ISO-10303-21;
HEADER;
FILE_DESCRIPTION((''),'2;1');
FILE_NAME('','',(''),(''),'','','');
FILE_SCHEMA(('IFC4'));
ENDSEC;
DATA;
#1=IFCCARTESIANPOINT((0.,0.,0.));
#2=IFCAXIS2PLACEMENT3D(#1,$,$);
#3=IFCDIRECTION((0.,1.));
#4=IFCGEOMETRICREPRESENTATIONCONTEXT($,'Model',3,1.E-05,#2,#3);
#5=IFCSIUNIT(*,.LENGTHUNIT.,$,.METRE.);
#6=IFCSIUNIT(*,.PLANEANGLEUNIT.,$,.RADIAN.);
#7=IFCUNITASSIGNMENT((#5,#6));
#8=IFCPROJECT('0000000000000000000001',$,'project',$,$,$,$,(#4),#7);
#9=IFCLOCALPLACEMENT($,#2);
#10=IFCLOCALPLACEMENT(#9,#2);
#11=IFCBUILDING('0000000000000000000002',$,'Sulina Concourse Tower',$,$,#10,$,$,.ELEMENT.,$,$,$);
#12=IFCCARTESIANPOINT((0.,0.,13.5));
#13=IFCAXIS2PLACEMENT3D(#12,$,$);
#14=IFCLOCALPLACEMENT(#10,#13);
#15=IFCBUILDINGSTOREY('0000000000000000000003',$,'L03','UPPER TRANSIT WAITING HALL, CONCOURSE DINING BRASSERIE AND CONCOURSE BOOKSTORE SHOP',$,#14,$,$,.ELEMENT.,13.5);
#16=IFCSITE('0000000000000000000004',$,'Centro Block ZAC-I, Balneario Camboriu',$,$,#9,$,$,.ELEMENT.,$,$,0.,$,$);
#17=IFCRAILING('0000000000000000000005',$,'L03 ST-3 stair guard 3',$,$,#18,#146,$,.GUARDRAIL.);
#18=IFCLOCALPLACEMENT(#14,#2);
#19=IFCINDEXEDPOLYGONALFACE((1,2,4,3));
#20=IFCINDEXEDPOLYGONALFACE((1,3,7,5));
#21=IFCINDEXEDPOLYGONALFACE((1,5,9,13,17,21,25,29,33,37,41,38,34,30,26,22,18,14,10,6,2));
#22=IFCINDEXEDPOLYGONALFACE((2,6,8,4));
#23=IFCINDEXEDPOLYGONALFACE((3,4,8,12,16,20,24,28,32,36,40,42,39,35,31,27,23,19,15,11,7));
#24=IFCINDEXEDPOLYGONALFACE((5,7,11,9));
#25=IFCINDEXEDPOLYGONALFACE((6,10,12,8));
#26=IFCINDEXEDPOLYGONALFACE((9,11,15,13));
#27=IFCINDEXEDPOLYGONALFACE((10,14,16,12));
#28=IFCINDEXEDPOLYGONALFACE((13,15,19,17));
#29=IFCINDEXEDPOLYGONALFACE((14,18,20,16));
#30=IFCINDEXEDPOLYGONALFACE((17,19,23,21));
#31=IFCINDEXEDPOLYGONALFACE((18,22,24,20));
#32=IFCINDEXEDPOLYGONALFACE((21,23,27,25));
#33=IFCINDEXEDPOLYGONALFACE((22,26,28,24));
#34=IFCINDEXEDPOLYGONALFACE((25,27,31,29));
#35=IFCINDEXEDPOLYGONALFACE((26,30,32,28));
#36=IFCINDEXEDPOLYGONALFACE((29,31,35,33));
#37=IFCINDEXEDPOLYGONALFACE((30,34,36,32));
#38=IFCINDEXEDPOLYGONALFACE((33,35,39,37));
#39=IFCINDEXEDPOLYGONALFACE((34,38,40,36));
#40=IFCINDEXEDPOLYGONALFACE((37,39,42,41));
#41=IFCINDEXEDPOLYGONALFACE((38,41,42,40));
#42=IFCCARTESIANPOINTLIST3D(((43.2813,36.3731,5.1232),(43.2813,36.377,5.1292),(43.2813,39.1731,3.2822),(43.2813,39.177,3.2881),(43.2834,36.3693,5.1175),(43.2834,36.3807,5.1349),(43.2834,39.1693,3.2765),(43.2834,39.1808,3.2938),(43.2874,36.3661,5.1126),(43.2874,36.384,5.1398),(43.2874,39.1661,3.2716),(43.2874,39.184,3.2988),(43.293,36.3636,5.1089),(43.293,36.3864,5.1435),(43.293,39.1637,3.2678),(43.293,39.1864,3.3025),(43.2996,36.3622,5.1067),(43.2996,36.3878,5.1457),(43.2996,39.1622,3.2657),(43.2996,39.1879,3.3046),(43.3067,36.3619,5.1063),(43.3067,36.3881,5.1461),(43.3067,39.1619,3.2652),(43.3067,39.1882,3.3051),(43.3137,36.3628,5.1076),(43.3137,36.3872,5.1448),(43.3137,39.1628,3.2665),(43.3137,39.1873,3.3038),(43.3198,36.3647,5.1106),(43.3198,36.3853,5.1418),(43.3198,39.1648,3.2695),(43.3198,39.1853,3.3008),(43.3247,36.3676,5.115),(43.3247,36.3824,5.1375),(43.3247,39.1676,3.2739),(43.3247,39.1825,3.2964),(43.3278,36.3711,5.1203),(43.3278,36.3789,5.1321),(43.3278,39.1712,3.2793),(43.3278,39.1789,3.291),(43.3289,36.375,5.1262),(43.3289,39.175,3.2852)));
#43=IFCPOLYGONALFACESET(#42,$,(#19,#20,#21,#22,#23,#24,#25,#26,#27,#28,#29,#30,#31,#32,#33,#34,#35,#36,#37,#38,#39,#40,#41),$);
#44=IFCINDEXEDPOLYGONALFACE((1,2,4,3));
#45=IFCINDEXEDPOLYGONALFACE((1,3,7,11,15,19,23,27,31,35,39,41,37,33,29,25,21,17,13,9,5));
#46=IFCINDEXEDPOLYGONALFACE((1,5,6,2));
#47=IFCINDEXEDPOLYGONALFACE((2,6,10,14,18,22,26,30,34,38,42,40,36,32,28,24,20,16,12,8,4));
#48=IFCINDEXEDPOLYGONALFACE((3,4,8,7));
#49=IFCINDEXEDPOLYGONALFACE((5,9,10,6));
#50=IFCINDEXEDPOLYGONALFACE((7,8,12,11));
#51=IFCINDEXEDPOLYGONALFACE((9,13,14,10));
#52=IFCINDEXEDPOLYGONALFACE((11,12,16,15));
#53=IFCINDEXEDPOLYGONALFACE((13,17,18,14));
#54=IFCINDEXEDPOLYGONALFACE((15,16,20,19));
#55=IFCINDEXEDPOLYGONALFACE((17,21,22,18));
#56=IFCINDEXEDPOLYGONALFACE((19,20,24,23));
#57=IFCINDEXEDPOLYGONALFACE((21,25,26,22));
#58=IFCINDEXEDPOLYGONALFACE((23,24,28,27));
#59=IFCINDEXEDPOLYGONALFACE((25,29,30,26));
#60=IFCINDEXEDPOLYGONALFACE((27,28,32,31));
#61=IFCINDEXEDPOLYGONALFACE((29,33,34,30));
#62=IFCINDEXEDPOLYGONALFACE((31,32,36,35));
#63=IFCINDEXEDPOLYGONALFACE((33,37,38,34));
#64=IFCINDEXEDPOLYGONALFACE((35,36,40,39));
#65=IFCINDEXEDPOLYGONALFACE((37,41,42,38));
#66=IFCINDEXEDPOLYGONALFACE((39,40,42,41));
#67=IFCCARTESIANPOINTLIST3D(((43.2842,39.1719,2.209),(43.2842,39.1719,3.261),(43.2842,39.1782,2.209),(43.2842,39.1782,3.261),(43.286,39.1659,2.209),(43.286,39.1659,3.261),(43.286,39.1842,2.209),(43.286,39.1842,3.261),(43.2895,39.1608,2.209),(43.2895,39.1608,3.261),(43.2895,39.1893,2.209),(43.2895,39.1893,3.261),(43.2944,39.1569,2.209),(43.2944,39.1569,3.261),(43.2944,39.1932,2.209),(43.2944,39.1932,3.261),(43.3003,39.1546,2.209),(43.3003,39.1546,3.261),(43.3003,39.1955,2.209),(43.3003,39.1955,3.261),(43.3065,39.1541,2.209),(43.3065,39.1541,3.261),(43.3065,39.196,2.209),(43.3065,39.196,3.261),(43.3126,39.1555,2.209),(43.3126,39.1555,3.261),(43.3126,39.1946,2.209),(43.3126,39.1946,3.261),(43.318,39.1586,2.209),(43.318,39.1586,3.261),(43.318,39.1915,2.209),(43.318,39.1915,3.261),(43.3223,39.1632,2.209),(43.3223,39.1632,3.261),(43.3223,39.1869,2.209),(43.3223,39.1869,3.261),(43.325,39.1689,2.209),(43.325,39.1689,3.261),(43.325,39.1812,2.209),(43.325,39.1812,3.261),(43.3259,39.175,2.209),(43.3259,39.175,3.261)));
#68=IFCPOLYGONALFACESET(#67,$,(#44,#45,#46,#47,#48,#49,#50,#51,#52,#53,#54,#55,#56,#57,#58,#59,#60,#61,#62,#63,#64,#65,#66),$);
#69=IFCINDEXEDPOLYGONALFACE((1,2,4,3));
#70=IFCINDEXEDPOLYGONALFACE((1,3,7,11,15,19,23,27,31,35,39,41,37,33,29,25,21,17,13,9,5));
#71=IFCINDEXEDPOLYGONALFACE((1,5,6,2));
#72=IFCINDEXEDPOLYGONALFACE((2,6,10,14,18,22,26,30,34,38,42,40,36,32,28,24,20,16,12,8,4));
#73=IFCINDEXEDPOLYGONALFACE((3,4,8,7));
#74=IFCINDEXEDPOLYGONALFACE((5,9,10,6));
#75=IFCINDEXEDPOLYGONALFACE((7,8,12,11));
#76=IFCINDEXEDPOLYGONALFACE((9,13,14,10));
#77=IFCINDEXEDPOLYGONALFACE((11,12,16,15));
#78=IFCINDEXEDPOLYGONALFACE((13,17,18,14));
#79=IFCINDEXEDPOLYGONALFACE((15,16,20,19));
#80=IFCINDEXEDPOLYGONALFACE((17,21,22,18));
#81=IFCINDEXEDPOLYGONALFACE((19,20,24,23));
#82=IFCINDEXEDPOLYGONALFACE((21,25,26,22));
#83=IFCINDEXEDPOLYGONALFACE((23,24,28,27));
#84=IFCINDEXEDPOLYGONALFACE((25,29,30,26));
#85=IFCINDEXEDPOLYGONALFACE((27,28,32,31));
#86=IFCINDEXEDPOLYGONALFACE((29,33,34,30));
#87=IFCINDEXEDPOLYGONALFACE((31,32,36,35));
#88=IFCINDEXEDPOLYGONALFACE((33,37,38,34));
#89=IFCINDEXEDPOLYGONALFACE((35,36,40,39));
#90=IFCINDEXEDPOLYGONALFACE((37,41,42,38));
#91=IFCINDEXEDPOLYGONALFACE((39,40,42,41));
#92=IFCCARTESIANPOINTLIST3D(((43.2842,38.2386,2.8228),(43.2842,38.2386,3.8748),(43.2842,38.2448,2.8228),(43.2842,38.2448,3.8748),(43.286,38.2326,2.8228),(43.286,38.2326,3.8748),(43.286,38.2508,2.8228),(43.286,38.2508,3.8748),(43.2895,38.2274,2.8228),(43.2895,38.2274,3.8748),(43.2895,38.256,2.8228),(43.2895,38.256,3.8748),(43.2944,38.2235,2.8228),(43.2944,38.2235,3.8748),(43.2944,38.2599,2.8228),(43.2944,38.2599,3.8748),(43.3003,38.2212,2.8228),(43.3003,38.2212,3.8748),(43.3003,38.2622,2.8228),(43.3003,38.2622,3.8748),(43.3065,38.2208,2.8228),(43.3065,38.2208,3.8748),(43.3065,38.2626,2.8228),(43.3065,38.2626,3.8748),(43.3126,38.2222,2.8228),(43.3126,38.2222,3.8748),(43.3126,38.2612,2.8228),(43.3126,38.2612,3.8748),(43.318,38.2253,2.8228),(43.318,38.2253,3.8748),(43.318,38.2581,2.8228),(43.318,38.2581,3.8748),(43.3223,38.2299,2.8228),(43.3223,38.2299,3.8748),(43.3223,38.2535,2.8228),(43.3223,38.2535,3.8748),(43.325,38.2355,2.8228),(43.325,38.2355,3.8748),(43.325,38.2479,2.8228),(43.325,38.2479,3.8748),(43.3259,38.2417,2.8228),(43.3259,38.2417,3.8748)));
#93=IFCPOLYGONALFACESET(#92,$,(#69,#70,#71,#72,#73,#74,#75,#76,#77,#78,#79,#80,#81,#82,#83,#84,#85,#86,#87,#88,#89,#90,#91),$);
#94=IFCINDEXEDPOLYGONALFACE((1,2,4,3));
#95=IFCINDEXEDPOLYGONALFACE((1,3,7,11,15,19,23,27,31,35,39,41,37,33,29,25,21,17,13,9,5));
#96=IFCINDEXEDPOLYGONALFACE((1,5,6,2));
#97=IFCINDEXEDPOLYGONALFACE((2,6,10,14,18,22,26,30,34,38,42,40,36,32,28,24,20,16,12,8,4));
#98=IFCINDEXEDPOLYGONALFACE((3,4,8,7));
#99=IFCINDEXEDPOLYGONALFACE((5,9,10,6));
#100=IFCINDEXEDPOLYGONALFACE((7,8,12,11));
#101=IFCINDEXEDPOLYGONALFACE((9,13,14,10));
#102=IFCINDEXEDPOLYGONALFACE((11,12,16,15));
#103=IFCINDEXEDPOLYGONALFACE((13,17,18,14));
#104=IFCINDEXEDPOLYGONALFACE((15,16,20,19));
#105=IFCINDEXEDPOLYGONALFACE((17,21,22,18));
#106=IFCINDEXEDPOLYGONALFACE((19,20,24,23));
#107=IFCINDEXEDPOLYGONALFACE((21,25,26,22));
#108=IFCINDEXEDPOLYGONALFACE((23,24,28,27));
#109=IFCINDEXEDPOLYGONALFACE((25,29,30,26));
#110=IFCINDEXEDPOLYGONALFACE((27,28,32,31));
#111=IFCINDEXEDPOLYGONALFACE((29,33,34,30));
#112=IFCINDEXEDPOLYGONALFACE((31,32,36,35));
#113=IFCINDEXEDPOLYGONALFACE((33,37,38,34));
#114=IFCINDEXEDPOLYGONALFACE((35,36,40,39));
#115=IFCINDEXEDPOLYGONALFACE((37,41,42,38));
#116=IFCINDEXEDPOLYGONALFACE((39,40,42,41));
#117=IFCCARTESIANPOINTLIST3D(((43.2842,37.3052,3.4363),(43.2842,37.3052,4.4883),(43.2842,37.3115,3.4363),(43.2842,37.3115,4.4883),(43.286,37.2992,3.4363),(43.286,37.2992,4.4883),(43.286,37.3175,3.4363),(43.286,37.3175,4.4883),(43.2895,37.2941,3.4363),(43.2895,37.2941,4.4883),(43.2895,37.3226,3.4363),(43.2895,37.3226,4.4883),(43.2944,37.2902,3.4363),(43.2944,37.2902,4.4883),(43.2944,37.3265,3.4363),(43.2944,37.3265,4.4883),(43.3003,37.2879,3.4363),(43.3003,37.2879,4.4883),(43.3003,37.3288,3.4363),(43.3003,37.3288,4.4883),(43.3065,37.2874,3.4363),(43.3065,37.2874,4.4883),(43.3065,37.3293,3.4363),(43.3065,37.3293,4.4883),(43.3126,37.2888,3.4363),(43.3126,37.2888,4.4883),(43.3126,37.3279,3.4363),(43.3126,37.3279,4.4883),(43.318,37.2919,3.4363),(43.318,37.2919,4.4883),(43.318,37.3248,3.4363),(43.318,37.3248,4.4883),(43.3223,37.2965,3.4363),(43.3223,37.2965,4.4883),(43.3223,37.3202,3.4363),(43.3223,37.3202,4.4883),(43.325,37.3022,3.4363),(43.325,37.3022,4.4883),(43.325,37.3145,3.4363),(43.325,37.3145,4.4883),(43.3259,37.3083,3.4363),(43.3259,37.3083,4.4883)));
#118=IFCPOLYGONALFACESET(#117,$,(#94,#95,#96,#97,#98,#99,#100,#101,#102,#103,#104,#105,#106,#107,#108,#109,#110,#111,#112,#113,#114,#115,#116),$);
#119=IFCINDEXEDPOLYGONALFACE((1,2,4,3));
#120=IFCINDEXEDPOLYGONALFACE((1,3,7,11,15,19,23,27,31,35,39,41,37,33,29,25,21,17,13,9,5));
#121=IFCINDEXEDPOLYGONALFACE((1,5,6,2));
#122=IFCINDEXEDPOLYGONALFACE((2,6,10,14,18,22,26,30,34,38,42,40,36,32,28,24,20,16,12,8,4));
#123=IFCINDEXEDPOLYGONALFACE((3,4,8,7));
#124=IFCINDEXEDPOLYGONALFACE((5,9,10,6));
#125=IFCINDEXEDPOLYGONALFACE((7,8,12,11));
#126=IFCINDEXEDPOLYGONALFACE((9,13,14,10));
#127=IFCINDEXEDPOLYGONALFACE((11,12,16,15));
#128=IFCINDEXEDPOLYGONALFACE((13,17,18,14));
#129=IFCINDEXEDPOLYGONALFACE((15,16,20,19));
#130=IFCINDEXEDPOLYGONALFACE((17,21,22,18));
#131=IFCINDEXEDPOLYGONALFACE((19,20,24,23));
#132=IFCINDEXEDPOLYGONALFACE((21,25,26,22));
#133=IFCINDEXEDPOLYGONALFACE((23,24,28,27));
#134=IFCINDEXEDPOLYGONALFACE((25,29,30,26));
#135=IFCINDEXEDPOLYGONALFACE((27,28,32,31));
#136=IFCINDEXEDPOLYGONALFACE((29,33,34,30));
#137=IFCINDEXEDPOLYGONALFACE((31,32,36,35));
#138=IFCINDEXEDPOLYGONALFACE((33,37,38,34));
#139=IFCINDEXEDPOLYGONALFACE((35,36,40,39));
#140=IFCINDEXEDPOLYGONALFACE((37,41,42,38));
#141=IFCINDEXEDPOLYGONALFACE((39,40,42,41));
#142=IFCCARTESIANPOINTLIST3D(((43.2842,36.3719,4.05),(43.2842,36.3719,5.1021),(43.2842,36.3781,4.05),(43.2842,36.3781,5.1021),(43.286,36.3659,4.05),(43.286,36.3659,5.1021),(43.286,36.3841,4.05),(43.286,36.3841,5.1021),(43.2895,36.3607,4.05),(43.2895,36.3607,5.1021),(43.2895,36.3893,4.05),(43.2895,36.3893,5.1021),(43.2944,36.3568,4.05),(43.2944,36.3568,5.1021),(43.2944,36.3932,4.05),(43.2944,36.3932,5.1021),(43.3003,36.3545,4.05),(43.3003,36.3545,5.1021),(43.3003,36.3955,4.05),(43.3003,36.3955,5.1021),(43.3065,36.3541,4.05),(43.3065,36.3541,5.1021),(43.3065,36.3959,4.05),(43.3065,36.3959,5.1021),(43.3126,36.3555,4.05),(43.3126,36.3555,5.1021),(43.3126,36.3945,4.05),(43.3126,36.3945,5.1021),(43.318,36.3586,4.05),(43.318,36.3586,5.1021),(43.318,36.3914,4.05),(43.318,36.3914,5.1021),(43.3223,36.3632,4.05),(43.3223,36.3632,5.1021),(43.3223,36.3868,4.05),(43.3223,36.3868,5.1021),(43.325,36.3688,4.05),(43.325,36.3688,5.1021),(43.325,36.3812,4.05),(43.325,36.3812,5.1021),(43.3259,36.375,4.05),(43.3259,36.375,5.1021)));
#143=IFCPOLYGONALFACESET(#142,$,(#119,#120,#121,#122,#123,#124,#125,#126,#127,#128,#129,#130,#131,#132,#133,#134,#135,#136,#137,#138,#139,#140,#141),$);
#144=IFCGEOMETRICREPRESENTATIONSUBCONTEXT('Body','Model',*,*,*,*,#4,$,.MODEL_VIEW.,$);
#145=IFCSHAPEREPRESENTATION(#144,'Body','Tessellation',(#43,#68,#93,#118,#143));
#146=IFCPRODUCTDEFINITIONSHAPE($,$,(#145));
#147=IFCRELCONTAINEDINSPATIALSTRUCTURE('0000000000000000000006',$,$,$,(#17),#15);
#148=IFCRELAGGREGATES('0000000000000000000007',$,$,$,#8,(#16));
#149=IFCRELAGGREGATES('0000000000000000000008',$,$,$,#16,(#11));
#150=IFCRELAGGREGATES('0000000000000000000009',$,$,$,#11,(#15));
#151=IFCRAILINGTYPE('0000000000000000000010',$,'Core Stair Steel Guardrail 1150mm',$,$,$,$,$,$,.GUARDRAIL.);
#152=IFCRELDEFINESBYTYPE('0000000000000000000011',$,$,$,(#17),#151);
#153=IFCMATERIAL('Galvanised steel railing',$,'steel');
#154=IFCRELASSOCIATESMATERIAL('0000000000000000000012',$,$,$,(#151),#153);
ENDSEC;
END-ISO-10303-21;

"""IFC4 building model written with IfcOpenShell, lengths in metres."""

from ifc_helpers import new_model, si_unit, direction, frame, origin, origin_2d, place, context, subcontext, project, spatial, circle, extrude, material, type_object, element, save


model = new_model("IFC4")

# Units and contexts
model_context = context("Model", 3, precision=1e-05, world=origin(), true_north=direction((0.0, 1.0)))
body_context = subcontext(model_context, "Body", "Model", "MODEL_VIEW")
ifc_project = project(units=[si_unit("LENGTHUNIT", "METRE"), si_unit("PLANEANGLEUNIT", "RADIAN")], contexts=[model_context])

# Site, building, storey
site_placement = place(None, origin())
site = spatial("IfcSite", under=ifc_project, at=site_placement, Name="Centro Block ZAC-I, Balneario Camboriu", CompositionType="ELEMENT", RefElevation=0.0)
building_placement = place(site_placement, origin())
building = spatial("IfcBuilding", under=site, at=building_placement, Name="Sulina Concourse Tower", CompositionType="ELEMENT")
storey_placement = place(building_placement, frame((0.0, 0.0, 13.5)))
storey = spatial("IfcBuildingStorey", under=building, at=storey_placement, Name="L03", Description="UPPER TRANSIT WAITING HALL, CONCOURSE DINING BRASSERIE AND CONCOURSE BOOKSTORE SHOP", CompositionType="ELEMENT", Elevation=13.5)

# Railing
ifc_material_1 = material(Name="Galvanised steel railing", Category="steel")
railing_type_1 = type_object("IfcRailingType", Name="Core Stair Steel Guardrail 1150mm", PredefinedType="GUARDRAIL", material=ifc_material_1)
railing_1_placement = place(storey_placement, frame((43.3049, 39.175, 2.209)))
element("IfcRailing", 1, at=railing_1_placement, inside=storey, type_object=railing_type_1, Name="L03 ST-3 stair guard 3", PredefinedType="GUARDRAIL", context=body_context, shape_type="SweptSolid", body=[
    extrude(circle(Radius=0.0239, at=origin_2d()), frame((0.0, 0.0, 1.0762), z_axis=(0.0, -0.835564, 0.549393), x_axis=(1.0, 0.0, 0.0)), (0.0, 0.0, 1.0), 3.3511),
    extrude(circle(Radius=0.021, at=origin_2d()), origin(), (0.0, 0.0, 1.0), 1.052),
    extrude(circle(Radius=0.021, at=origin_2d()), frame((0.0, -0.9333, 0.6138)), (0.0, 0.0, 1.0), 1.052),
    extrude(circle(Radius=0.021, at=origin_2d()), frame((0.0, -1.8667, 1.2273)), (0.0, 0.0, 1.0), 1.052),
    extrude(circle(Radius=0.021, at=origin_2d()), frame((0.0, -2.8, 1.8411)), (0.0, 0.0, 1.0), 1.052),
])

save(model, "model.ifc")
